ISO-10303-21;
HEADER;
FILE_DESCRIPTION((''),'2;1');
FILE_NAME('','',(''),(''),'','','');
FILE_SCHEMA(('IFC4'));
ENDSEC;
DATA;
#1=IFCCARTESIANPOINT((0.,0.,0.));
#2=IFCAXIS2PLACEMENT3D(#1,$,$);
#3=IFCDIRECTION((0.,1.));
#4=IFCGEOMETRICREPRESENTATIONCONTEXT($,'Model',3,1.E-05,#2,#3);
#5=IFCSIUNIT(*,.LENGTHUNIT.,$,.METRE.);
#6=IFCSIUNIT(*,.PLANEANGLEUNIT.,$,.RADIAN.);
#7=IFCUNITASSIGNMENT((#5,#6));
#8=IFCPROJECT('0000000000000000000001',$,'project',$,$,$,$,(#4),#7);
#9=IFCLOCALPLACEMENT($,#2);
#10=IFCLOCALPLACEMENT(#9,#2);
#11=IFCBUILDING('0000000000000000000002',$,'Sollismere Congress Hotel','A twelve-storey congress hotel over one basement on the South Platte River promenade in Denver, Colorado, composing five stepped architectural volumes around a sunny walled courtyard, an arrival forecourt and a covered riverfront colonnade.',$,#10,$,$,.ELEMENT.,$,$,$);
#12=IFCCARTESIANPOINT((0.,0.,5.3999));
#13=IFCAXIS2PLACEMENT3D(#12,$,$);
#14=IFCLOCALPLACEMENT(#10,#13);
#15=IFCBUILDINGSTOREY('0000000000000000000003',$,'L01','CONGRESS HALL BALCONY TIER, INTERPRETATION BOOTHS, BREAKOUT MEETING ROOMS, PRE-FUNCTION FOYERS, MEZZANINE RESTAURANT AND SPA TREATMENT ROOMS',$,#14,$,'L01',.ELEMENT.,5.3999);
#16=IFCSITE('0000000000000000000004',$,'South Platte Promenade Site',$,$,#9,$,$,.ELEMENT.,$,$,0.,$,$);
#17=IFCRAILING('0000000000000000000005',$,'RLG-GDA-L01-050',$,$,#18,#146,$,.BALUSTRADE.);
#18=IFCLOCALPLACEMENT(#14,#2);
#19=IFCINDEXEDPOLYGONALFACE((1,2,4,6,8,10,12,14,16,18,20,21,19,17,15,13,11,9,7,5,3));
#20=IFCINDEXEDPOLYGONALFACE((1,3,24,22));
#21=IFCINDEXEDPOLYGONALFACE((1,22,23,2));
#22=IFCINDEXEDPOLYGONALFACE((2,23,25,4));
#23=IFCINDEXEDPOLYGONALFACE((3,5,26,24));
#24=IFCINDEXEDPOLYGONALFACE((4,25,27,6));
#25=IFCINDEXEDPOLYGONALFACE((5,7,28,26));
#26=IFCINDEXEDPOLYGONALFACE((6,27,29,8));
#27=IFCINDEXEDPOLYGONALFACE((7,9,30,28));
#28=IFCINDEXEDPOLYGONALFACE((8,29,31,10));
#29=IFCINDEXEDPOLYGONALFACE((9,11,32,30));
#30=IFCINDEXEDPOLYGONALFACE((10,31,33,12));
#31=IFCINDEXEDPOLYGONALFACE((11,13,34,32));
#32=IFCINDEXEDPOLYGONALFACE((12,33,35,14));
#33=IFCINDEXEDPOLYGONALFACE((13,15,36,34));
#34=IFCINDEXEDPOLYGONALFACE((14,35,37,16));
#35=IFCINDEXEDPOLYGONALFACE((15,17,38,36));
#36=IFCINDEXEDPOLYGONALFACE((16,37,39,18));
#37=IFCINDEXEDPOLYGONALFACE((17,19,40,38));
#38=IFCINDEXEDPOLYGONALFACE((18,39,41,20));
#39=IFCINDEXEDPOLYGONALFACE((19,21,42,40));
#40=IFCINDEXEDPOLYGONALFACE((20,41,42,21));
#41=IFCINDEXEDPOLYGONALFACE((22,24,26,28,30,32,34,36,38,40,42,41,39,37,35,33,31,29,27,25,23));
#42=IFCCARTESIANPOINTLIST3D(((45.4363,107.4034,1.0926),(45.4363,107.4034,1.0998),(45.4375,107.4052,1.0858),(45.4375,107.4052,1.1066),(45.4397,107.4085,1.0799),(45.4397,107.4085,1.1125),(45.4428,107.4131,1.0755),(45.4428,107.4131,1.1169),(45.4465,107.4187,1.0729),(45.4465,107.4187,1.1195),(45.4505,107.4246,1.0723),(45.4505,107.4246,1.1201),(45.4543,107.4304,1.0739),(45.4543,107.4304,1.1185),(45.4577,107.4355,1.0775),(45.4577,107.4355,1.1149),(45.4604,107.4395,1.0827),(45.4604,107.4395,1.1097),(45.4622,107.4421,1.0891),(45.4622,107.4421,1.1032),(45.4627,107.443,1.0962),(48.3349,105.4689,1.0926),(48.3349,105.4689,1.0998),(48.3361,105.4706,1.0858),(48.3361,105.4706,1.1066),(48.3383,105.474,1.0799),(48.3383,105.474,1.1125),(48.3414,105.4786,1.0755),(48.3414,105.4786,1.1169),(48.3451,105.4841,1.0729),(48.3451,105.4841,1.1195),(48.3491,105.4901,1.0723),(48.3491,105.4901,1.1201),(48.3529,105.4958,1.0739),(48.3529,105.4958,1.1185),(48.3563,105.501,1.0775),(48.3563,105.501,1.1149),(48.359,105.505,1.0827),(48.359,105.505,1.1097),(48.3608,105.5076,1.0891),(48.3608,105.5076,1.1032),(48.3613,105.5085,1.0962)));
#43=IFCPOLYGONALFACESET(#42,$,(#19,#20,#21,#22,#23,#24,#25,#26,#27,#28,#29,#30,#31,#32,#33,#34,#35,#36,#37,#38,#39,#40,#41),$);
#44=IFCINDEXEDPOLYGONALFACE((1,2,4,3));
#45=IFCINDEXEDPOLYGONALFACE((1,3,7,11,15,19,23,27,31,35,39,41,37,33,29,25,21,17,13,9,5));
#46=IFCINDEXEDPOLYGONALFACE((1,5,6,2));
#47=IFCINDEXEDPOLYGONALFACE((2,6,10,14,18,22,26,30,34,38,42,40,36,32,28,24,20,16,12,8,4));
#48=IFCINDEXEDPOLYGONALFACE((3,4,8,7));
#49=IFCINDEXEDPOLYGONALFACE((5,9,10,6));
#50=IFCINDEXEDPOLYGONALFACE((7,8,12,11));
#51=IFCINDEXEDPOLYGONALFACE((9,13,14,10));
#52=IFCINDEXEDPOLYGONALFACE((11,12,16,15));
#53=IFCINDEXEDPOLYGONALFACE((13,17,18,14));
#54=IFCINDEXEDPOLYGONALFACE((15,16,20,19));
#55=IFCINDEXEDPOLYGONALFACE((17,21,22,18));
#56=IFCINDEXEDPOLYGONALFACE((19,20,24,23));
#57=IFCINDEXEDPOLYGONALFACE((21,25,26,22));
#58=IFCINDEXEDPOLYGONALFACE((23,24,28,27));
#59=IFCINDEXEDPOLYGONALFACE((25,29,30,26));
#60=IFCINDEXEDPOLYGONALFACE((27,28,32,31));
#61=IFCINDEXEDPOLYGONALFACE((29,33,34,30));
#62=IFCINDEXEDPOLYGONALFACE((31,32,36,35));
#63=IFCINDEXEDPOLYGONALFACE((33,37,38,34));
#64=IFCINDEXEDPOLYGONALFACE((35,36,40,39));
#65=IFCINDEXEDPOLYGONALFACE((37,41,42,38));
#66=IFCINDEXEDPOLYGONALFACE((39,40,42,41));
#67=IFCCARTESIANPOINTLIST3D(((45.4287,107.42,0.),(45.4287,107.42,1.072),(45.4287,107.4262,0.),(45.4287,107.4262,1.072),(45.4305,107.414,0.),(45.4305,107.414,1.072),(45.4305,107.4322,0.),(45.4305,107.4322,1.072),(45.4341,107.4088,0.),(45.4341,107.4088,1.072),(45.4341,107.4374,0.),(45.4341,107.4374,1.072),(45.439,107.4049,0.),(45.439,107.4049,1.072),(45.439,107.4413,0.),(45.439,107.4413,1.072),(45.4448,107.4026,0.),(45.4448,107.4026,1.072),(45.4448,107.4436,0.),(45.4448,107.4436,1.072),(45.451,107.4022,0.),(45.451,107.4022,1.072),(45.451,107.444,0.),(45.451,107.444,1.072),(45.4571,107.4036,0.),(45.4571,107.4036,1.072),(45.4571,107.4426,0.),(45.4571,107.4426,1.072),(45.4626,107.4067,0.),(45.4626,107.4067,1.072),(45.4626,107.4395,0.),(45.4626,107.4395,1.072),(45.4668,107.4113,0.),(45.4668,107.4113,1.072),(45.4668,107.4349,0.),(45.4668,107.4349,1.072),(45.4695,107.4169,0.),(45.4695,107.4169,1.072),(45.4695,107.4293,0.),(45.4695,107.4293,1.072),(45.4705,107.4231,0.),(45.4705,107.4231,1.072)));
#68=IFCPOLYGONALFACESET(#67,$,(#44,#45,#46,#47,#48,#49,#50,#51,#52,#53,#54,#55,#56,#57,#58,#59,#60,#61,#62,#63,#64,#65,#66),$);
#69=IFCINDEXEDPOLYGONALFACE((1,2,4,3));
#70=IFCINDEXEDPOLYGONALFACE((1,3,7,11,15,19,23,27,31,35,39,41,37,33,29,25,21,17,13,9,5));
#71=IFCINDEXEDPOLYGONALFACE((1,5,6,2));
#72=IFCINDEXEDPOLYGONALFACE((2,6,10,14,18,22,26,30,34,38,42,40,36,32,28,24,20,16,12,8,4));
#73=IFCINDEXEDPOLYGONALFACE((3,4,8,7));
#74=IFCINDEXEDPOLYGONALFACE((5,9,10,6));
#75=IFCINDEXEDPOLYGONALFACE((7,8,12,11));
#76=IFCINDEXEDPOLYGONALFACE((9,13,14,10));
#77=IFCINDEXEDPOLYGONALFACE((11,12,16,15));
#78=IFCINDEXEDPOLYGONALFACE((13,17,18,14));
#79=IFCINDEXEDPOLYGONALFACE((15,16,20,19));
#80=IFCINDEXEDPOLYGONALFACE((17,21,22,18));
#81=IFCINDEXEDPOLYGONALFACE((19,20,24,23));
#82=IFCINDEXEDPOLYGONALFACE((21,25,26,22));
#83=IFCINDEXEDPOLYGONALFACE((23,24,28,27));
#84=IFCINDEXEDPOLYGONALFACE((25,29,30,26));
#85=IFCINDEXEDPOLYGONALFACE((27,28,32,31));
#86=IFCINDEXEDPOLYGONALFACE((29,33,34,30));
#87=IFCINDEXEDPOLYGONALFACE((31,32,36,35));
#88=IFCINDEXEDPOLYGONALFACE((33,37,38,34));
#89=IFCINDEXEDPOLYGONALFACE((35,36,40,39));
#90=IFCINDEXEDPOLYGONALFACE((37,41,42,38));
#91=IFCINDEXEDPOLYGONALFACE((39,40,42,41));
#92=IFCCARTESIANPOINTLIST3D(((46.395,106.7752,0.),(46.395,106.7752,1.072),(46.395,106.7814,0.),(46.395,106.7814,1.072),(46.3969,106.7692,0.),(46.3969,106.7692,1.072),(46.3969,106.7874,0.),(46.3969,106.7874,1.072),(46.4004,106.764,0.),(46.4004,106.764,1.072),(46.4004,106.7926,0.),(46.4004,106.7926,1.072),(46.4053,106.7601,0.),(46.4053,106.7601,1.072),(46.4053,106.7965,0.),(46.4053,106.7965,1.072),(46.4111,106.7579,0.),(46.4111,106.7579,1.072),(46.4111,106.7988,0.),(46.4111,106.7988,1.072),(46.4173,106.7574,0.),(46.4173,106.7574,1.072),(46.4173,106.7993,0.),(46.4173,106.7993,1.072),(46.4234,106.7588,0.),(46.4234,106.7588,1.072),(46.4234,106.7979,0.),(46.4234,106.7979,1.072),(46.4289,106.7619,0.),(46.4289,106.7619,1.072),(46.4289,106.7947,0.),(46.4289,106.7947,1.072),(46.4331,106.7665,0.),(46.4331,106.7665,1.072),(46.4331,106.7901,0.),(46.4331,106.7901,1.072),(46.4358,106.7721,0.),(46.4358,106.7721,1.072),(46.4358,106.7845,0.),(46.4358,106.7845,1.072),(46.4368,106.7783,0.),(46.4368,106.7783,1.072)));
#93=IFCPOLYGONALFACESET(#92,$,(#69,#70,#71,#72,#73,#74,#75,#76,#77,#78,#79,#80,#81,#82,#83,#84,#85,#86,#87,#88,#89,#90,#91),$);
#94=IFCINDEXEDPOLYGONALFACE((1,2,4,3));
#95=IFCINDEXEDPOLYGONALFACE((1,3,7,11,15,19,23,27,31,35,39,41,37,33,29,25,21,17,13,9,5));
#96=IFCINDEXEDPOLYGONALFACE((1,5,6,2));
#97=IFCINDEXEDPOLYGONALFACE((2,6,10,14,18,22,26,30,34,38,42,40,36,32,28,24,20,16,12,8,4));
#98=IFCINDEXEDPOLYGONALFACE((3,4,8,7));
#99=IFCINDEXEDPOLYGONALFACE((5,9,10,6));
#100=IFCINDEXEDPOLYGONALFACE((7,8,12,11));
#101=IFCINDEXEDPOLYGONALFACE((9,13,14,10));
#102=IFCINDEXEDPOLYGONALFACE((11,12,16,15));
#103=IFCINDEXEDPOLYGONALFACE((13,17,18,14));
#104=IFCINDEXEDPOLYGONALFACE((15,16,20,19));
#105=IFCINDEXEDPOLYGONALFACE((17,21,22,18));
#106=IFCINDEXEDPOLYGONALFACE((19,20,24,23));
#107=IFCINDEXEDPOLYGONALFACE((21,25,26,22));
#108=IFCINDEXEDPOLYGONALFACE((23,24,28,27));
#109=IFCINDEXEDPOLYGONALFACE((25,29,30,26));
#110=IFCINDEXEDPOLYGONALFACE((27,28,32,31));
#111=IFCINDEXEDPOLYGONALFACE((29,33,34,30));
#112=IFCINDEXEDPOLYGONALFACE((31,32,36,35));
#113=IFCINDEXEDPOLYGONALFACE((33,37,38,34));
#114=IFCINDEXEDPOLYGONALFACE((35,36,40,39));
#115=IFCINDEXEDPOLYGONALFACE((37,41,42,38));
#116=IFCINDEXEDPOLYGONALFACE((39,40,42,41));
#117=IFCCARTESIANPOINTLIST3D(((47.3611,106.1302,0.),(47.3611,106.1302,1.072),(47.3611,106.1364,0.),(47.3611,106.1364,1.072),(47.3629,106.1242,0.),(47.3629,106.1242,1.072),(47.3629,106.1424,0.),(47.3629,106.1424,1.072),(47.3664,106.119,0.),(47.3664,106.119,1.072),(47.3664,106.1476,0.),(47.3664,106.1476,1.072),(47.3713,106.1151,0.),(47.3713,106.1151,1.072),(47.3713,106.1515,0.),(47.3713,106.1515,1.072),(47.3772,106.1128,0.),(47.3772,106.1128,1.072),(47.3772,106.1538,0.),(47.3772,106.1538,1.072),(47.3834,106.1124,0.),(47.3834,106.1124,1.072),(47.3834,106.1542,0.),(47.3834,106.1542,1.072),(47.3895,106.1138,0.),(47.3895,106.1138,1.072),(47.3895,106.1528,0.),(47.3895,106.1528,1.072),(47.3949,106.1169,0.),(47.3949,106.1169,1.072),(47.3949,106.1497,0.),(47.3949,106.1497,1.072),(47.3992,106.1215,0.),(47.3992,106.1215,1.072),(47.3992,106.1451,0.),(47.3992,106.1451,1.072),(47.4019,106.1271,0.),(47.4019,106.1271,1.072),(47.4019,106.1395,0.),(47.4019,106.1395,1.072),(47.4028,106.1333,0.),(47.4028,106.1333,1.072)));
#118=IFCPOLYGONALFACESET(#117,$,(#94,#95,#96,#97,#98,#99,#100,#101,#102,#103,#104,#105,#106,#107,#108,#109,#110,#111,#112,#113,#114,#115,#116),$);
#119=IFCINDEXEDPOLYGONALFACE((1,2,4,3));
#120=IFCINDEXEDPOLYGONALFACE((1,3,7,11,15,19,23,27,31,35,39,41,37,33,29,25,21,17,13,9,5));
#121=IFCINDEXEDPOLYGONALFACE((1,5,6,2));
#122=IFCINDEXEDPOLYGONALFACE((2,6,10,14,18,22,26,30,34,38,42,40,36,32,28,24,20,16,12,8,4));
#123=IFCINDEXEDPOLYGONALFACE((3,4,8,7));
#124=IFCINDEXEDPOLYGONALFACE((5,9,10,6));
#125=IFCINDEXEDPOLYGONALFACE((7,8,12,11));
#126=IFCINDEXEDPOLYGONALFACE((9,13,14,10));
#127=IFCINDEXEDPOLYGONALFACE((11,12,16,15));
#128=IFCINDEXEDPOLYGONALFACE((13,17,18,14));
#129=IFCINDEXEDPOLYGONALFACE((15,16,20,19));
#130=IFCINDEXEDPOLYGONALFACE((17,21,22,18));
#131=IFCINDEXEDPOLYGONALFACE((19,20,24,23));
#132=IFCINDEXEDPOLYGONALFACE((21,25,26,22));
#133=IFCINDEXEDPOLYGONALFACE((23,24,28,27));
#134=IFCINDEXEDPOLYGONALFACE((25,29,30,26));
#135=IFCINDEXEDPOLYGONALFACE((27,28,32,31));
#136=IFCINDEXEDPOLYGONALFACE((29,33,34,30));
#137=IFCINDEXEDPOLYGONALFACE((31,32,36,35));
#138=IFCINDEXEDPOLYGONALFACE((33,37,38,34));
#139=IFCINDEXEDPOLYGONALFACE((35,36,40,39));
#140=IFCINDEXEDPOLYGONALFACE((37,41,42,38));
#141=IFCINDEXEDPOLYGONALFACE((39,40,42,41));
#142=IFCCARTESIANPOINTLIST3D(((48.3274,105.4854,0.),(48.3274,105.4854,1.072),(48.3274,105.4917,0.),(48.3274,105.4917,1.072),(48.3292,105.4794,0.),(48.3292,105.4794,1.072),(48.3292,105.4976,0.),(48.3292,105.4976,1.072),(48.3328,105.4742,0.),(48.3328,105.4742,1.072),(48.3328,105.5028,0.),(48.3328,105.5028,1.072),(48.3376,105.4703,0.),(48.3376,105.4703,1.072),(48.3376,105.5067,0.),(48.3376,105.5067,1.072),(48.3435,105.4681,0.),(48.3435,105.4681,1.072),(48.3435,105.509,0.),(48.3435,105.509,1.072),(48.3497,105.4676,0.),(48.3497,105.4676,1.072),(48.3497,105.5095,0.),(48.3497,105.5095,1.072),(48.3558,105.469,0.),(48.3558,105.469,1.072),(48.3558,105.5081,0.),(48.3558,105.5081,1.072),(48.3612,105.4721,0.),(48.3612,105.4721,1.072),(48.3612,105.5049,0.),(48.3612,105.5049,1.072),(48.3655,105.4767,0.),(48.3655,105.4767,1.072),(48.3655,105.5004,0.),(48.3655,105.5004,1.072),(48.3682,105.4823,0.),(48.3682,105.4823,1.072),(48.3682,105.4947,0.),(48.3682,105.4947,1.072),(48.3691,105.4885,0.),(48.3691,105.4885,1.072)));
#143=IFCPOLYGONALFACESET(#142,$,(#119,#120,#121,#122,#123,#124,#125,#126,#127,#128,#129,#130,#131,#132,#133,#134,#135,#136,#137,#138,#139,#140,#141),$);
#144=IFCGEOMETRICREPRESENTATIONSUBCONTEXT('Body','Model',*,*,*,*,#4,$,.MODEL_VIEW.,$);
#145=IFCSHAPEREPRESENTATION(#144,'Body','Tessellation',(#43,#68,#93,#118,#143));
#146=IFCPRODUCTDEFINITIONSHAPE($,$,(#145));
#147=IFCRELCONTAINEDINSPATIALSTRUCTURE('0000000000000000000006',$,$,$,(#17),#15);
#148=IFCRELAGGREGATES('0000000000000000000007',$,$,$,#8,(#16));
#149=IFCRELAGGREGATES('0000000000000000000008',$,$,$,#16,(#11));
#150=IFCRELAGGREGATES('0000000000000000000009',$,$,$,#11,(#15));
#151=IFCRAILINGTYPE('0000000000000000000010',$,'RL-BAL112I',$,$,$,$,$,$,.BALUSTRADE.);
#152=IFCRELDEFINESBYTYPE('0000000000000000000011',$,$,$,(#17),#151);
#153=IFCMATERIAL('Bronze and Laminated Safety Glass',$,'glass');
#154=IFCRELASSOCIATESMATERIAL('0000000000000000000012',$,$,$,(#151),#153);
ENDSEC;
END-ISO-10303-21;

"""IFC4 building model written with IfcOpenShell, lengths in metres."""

from ifc_helpers import new_model, si_unit, direction, frame, origin, origin_2d, place, context, subcontext, project, spatial, circle, extrude, material, type_object, element, save


model = new_model("IFC4")

# Units and contexts
model_context = context("Model", 3, precision=1e-05, world=origin(), true_north=direction((0.0, 1.0)))
body_context = subcontext(model_context, "Body", "Model", "MODEL_VIEW")
ifc_project = project(units=[si_unit("LENGTHUNIT", "METRE"), si_unit("PLANEANGLEUNIT", "RADIAN")], contexts=[model_context])

# Site, building, storey
site_placement = place(None, origin())
site = spatial("IfcSite", under=ifc_project, at=site_placement, Name="South Platte Promenade Site", CompositionType="ELEMENT", RefElevation=0.0)
building_placement = place(site_placement, origin())
building = spatial("IfcBuilding", under=site, at=building_placement, Name="Sollismere Congress Hotel", Description="A twelve-storey congress hotel over one basement on the South Platte River promenade in Denver, Colorado, composing five stepped architectural volumes around a sunny walled courtyard, an arrival forecourt and a covered riverfront colonnade.", CompositionType="ELEMENT")
storey_placement = place(building_placement, frame((0.0, 0.0, 5.3999)))
storey = spatial("IfcBuildingStorey", under=building, at=storey_placement, Name="L01", Description="CONGRESS HALL BALCONY TIER, INTERPRETATION BOOTHS, BREAKOUT MEETING ROOMS, PRE-FUNCTION FOYERS, MEZZANINE RESTAURANT AND SPA TREATMENT ROOMS", LongName="L01", CompositionType="ELEMENT", Elevation=5.3999)

# Railing
ifc_material_1 = material(Name="Bronze and Laminated Safety Glass", Category="glass")
railing_type = type_object("IfcRailingType", Name="RL-BAL112I", PredefinedType="BALUSTRADE", material=ifc_material_1)
railing_1_placement = place(storey_placement, frame((45.4495, 107.4231, 0.0)))
element("IfcRailing", 1, at=railing_1_placement, inside=storey, type_object=railing_type, Name="RLG-GDA-L01-050", PredefinedType="BALUSTRADE", context=body_context, shape_type="SweptSolid", body=[
    extrude(circle(Radius=0.0239, at=origin_2d()), frame((0.0, 0.0, 1.0962), z_axis=(0.83177, -0.55512, 0.0), x_axis=(0.55512, 0.83177, 0.0)), (0.0, 0.0, 1.0), 3.4849),
    extrude(circle(Radius=0.021, at=origin_2d()), origin(), (0.0, 0.0, 1.0), 1.072),
    extrude(circle(Radius=0.021, at=origin_2d()), frame((0.9663, -0.6448, 0.0)), (0.0, 0.0, 1.0), 1.072),
    extrude(circle(Radius=0.021, at=origin_2d()), frame((1.9324, -1.2898, 0.0)), (0.0, 0.0, 1.0), 1.072),
    extrude(circle(Radius=0.021, at=origin_2d()), frame((2.8987, -1.9346, 0.0)), (0.0, 0.0, 1.0), 1.072),
])

save(model, "model.ifc")
